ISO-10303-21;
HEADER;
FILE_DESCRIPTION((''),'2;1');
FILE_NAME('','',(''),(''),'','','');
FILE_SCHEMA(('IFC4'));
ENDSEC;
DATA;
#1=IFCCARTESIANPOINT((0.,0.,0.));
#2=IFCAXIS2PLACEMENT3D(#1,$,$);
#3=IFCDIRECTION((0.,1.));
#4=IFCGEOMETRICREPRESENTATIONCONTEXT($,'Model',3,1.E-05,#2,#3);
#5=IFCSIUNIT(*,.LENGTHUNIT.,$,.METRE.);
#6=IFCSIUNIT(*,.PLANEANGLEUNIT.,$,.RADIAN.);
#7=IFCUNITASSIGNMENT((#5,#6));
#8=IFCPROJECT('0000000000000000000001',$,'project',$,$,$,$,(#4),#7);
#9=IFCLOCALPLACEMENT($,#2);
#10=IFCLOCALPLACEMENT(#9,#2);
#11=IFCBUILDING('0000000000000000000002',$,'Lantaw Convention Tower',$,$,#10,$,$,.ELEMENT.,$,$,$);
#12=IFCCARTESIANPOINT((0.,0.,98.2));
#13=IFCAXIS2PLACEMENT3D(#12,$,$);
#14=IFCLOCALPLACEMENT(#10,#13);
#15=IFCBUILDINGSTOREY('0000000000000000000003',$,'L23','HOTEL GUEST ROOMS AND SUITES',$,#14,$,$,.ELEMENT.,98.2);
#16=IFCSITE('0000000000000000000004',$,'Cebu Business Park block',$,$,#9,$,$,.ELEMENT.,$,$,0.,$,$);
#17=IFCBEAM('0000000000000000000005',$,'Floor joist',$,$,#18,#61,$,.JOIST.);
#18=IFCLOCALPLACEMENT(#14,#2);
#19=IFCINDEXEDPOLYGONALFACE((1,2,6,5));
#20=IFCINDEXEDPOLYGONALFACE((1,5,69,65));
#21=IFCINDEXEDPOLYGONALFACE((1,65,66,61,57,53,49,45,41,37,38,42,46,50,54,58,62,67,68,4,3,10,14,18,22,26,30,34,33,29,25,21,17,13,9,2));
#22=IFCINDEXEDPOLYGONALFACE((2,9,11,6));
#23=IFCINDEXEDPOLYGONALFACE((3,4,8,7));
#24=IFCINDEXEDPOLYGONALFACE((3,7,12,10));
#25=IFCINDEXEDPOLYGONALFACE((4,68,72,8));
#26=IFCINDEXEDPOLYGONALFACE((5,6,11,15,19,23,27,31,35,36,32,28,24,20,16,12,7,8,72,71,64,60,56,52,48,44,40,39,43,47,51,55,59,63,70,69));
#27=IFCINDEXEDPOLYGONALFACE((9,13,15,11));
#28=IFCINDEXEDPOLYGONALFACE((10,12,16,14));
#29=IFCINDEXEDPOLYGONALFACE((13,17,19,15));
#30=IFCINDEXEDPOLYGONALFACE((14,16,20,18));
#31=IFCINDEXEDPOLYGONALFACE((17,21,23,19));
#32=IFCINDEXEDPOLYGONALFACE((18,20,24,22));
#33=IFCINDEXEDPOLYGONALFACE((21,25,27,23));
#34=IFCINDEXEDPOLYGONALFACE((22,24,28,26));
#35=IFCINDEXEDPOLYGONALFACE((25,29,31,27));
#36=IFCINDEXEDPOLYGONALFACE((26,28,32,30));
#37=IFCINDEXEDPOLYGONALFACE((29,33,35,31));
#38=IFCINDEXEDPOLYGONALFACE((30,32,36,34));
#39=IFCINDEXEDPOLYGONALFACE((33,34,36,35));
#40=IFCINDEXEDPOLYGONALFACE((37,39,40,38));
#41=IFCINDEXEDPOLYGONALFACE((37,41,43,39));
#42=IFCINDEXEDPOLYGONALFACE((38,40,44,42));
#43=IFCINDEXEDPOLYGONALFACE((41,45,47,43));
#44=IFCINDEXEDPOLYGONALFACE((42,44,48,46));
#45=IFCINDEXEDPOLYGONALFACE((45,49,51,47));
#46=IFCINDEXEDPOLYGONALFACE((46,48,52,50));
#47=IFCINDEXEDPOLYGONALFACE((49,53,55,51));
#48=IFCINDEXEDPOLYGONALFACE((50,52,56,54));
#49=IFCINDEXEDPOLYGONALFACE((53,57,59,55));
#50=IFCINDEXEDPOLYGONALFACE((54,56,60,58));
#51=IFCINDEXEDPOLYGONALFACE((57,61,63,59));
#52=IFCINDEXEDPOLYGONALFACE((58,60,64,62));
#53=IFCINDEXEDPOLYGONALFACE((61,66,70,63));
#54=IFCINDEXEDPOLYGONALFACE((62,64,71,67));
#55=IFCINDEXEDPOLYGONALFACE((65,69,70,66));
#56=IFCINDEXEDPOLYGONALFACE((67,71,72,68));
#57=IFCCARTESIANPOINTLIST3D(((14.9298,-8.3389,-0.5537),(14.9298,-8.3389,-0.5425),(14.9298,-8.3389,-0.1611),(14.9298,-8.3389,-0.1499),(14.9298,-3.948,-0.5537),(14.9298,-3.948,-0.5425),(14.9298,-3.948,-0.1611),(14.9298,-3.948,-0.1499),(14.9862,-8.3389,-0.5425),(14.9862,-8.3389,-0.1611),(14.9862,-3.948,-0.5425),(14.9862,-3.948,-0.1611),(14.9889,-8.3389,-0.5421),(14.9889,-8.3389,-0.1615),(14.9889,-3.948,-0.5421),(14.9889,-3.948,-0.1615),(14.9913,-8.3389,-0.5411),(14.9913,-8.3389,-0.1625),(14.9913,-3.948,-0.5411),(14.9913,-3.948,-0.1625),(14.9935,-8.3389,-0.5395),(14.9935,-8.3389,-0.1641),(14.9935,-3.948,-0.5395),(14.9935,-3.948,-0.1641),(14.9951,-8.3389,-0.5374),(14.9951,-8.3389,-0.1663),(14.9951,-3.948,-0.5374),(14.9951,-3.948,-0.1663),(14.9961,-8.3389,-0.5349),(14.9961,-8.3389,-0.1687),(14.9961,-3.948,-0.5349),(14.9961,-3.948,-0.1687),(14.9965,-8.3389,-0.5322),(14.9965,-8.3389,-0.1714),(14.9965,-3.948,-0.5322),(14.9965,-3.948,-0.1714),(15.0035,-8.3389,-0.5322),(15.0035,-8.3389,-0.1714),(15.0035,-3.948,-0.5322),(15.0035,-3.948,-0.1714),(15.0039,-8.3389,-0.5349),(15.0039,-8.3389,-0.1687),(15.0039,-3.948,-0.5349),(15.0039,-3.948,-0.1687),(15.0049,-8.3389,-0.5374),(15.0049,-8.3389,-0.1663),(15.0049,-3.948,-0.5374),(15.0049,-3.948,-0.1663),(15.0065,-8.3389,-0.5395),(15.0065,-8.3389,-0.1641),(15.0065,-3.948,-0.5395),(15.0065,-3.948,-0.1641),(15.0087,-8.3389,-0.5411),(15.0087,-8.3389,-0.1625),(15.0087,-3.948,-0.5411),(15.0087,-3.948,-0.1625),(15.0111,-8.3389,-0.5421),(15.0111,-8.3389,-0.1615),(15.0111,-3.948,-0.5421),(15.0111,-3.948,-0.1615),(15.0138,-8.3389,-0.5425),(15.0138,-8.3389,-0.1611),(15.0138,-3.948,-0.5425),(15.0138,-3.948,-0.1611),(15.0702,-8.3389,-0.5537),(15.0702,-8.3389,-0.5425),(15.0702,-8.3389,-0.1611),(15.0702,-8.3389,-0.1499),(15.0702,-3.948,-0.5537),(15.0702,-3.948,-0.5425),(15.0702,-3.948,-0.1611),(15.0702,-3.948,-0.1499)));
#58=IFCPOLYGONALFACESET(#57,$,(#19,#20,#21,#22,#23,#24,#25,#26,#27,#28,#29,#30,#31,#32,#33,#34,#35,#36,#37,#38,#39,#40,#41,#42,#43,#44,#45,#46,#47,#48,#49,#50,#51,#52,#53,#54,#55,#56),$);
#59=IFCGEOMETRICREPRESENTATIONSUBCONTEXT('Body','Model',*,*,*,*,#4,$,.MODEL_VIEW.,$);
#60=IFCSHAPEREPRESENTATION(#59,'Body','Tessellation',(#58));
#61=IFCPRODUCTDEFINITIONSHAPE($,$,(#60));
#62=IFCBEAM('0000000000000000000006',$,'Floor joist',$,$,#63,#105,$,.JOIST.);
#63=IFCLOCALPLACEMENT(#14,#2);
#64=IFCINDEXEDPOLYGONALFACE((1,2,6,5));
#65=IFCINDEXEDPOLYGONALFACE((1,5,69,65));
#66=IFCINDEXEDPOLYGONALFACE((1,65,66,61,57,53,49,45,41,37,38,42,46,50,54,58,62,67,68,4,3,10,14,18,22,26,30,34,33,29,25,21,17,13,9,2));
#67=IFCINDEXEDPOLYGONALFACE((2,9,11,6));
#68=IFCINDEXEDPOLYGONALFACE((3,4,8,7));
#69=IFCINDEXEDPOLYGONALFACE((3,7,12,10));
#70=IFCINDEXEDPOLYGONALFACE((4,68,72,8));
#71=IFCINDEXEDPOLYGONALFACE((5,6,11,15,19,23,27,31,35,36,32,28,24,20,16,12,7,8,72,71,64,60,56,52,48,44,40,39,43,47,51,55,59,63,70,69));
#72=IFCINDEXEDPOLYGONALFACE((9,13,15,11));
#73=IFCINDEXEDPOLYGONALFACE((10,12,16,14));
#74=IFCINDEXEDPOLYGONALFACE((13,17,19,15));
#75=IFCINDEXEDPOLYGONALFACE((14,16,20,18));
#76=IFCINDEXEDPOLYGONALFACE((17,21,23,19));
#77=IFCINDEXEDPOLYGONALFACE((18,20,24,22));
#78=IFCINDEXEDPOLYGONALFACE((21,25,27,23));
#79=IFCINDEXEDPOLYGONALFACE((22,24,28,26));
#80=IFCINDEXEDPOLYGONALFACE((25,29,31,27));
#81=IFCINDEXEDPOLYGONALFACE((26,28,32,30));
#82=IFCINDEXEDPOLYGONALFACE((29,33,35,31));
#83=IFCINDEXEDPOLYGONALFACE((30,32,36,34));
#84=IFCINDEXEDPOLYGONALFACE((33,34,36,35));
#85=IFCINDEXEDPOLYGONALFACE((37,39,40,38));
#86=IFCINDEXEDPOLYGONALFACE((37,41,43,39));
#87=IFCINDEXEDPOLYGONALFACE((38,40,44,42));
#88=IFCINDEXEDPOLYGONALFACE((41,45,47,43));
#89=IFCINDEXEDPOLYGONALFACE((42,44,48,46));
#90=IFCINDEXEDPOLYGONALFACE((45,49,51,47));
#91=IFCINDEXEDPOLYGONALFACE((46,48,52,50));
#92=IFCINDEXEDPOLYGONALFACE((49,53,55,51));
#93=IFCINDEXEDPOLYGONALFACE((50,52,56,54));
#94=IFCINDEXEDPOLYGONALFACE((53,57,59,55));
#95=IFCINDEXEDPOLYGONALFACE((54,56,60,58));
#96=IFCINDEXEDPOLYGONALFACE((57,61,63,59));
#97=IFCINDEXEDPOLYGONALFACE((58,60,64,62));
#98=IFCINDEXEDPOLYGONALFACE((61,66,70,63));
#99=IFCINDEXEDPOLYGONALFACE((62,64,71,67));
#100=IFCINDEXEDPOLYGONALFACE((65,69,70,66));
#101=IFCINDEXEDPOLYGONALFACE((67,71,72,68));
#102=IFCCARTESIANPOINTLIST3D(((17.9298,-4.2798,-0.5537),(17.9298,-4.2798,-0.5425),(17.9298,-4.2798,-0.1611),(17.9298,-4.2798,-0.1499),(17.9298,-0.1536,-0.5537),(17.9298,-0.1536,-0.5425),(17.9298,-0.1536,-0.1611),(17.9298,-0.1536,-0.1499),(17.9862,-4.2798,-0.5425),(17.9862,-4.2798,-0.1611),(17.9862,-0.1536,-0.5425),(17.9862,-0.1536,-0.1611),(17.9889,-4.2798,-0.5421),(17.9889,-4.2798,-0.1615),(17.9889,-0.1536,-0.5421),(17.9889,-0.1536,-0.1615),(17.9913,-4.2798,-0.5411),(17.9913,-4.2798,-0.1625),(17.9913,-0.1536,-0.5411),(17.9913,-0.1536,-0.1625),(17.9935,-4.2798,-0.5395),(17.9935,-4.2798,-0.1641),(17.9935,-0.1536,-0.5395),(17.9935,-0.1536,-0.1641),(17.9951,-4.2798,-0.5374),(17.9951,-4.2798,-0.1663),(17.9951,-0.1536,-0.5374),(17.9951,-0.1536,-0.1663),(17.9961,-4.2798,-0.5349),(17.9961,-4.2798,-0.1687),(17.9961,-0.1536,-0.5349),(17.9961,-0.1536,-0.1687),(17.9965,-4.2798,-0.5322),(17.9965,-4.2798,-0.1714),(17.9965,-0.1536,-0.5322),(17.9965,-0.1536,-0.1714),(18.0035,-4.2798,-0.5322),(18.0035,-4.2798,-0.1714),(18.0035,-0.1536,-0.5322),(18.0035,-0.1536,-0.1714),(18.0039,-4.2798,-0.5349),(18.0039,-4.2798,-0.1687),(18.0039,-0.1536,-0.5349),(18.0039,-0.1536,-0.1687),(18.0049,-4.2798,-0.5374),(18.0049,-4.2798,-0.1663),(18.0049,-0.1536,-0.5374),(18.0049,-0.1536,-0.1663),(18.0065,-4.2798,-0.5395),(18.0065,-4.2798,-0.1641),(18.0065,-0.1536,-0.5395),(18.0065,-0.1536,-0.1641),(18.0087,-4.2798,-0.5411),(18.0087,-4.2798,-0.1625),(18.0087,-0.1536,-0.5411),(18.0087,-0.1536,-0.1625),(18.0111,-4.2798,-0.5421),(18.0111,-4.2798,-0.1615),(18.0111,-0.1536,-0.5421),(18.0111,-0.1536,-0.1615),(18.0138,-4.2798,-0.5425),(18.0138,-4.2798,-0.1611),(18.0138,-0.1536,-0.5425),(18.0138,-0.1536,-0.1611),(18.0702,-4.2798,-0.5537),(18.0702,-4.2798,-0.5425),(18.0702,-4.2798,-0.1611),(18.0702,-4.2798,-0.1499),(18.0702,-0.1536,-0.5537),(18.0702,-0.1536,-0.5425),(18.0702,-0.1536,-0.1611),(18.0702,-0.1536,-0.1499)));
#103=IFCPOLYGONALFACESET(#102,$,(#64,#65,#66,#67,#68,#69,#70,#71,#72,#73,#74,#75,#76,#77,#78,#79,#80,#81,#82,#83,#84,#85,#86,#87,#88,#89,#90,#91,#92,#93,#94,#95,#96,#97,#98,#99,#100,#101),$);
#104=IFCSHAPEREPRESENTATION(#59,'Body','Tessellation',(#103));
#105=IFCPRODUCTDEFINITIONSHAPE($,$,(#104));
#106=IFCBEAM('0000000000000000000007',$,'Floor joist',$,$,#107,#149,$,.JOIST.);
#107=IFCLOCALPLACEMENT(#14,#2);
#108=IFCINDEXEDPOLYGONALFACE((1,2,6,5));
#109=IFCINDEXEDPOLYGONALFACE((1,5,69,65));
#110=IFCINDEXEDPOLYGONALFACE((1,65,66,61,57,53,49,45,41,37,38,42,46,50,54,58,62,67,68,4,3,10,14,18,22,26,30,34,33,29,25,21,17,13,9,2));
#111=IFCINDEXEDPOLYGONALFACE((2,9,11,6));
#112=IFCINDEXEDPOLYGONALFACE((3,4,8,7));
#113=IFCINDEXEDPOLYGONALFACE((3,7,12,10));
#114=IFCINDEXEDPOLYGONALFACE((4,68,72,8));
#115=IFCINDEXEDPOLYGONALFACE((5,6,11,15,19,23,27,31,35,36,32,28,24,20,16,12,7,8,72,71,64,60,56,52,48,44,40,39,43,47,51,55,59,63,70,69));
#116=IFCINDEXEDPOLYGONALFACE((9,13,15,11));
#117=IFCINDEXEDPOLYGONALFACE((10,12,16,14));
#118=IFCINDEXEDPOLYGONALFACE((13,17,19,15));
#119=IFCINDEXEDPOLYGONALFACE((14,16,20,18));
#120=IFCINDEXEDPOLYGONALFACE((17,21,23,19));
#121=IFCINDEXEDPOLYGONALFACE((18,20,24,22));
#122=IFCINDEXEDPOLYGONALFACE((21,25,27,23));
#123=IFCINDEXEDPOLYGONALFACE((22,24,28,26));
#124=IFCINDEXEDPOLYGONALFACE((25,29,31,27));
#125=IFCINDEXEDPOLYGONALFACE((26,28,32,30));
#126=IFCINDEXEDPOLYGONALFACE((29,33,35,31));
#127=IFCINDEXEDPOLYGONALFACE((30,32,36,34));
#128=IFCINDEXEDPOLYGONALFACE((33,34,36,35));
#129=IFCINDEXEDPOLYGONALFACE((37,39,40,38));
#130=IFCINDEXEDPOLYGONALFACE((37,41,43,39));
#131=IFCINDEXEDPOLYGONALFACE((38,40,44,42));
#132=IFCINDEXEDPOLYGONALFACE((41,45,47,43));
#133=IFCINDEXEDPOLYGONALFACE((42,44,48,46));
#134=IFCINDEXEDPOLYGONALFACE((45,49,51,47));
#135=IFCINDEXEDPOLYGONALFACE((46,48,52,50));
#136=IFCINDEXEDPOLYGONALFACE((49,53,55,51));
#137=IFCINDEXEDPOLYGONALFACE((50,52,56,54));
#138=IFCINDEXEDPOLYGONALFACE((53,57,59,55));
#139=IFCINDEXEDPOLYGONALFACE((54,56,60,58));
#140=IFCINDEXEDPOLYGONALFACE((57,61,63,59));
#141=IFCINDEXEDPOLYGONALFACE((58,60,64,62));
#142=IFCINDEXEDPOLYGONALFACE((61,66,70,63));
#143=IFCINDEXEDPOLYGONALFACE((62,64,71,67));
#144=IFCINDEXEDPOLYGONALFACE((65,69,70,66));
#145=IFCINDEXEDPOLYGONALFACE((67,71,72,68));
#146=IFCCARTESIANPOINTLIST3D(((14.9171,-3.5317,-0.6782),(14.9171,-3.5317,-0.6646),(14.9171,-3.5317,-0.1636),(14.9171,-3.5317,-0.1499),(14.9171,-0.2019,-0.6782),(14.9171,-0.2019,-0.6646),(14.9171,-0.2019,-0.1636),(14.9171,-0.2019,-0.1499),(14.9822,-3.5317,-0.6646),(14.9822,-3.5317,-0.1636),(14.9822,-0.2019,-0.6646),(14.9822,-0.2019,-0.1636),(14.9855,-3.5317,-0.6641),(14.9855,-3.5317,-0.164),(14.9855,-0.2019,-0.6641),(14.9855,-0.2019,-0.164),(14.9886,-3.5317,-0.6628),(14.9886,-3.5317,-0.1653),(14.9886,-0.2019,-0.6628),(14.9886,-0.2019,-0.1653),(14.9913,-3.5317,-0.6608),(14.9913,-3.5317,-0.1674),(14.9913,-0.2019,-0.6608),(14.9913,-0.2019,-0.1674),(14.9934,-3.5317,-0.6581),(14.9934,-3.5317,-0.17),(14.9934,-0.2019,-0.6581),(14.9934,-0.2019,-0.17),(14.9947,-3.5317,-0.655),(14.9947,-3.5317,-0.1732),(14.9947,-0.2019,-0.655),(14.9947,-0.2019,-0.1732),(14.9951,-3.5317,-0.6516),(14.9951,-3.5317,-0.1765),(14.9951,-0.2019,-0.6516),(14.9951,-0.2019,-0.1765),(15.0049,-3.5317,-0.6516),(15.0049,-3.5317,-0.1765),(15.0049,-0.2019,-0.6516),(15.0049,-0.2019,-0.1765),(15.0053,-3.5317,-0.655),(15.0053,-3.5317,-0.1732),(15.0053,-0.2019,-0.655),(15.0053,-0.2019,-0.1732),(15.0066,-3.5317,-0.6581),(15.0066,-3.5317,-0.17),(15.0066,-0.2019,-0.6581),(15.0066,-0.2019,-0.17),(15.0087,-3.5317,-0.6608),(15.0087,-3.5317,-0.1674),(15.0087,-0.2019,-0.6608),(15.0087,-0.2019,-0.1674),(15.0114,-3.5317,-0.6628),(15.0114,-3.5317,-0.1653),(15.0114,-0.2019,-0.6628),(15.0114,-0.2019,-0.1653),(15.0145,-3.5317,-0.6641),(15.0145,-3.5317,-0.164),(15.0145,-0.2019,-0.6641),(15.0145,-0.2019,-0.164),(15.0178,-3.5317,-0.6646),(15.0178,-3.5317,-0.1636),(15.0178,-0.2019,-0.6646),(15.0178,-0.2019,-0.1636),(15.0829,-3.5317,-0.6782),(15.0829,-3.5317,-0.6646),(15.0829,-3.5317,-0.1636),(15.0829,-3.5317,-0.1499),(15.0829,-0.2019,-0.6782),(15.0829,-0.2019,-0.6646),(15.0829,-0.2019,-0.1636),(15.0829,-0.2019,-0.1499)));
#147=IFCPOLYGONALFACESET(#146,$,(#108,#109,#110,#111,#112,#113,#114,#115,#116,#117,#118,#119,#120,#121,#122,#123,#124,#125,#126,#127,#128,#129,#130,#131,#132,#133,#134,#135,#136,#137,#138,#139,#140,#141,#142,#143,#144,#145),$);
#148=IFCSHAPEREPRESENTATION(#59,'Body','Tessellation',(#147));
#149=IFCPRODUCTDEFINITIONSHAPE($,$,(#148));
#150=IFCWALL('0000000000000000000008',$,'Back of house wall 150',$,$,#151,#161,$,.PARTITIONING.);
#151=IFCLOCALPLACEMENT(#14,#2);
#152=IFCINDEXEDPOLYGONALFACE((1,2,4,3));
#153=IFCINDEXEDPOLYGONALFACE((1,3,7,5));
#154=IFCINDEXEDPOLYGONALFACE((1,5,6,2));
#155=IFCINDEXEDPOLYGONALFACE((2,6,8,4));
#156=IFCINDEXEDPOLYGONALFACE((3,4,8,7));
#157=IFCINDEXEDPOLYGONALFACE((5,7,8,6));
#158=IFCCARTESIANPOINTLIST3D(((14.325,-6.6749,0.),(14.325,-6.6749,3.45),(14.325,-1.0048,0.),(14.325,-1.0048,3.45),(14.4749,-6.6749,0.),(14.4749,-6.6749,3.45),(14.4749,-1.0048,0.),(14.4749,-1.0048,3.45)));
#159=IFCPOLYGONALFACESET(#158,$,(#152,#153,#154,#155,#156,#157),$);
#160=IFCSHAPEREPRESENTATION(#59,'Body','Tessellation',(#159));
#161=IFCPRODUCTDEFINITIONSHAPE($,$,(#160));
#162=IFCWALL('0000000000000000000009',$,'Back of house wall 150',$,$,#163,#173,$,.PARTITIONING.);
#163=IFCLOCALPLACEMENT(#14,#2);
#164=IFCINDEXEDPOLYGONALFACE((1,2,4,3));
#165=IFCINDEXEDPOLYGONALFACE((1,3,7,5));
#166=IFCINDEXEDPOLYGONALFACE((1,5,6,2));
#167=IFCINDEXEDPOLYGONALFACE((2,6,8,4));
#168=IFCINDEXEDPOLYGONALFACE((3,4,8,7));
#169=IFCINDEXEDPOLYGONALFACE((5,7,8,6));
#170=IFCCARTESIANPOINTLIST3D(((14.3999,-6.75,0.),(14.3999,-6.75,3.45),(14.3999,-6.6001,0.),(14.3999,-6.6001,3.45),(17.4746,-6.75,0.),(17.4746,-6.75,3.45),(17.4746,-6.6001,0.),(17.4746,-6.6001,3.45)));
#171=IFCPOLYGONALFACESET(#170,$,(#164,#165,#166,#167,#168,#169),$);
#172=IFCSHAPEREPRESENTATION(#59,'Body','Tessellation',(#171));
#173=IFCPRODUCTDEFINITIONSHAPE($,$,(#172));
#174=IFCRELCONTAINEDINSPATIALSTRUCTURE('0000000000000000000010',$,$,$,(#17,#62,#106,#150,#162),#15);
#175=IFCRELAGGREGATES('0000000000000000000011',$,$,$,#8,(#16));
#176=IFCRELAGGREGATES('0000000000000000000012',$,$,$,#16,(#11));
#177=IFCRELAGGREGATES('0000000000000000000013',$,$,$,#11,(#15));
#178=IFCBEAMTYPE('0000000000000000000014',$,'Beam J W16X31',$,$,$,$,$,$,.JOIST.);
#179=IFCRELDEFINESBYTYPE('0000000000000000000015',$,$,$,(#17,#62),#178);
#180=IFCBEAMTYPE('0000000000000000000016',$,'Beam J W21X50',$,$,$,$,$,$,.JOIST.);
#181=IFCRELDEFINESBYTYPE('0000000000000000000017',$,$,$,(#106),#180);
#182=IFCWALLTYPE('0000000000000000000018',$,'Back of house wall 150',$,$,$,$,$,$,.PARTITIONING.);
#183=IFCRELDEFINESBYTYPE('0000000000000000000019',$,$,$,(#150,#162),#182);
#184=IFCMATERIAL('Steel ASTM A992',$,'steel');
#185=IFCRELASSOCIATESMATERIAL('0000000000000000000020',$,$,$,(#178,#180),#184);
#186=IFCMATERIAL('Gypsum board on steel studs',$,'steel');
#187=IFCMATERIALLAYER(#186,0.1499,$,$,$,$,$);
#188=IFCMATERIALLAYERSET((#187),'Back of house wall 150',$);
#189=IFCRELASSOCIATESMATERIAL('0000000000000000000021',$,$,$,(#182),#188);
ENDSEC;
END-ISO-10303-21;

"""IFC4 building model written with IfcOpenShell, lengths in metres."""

from ifc_helpers import new_model, si_unit, direction, frame, frame_2d, origin, origin_2d, place, context, subcontext, project, spatial, rectangle, i_section, extrude, material, layer, layer_set, material_profile, profile_set, type_object, element, save


model = new_model("IFC4")

# Units and contexts
model_context = context("Model", 3, precision=1e-05, world=origin(), true_north=direction((0.0, 1.0)))
body_context = subcontext(model_context, "Body", "Model", "MODEL_VIEW")
ifc_project = project(units=[si_unit("LENGTHUNIT", "METRE"), si_unit("PLANEANGLEUNIT", "RADIAN")], contexts=[model_context])

# Site, building, storey
site_placement = place(None, origin())
site = spatial("IfcSite", under=ifc_project, at=site_placement, Name="Cebu Business Park block", CompositionType="ELEMENT", RefElevation=0.0)
building_placement = place(site_placement, origin())
building = spatial("IfcBuilding", under=site, at=building_placement, Name="Lantaw Convention Tower", CompositionType="ELEMENT")
storey_placement = place(building_placement, frame((0.0, 0.0, 98.2)))
storey = spatial("IfcBuildingStorey", under=building, at=storey_placement, Name="L23", Description="HOTEL GUEST ROOMS AND SUITES", CompositionType="ELEMENT", Elevation=98.2)

# Beams
ifc_material_1 = material(Name="Steel ASTM A992", Category="steel")
ifc_material_profile_1 = material_profile(ifc_material_1, i_section(OverallWidth=0.1404, OverallDepth=0.4038, WebThickness=0.0071, FlangeThickness=0.0112, FilletRadius=0.0103, at=origin_2d()), Name="W16X31")
ifc_profile_set_1 = profile_set([ifc_material_profile_1], Name="Steel ASTM A992")
beam_type_1 = type_object("IfcBeamType", Name="Beam J W16X31", PredefinedType="JOIST", material=ifc_profile_set_1)
beam_1_placement = place(storey_placement, frame((15.0, -8.3389, -0.3518), z_axis=(0.0, 1.0, 0.0), x_axis=(-1.0, 0.0, 0.0)))
element("IfcBeam", 1, at=beam_1_placement, inside=storey, type_object=beam_type_1, Name="Floor joist", PredefinedType="JOIST", context=body_context, shape_type="SweptSolid", body=[
    extrude(i_section(OverallWidth=0.1404, OverallDepth=0.4038, WebThickness=0.0071, FlangeThickness=0.0112, FilletRadius=0.0103, at=origin_2d()), origin(), (0.0, 0.0, 1.0), 4.3909),
])
beam_2_placement = place(storey_placement, frame((18.0, -4.2798, -0.3518), z_axis=(0.0, 1.0, 0.0), x_axis=(-1.0, 0.0, 0.0)))
element("IfcBeam", 2, at=beam_2_placement, inside=storey, type_object=beam_type_1, Name="Floor joist", PredefinedType="JOIST", context=body_context, shape_type="SweptSolid", body=[
    extrude(i_section(OverallWidth=0.1404, OverallDepth=0.4038, WebThickness=0.0071, FlangeThickness=0.0112, FilletRadius=0.0103, at=origin_2d()), origin(), (0.0, 0.0, 1.0), 4.1262),
])
ifc_material_profile_2 = material_profile(ifc_material_1, i_section(OverallWidth=0.1658, OverallDepth=0.5283, WebThickness=0.0098, FlangeThickness=0.0137, FilletRadius=0.0129, at=origin_2d()), Name="W21X50")
ifc_profile_set_2 = profile_set([ifc_material_profile_2], Name="Steel ASTM A992")
beam_type_2 = type_object("IfcBeamType", Name="Beam J W21X50", PredefinedType="JOIST", material=ifc_profile_set_2)
beam_3_placement = place(storey_placement, frame((15.0, -3.5317, -0.4141), z_axis=(0.0, 1.0, 0.0), x_axis=(-1.0, 0.0, 0.0)))
element("IfcBeam", 3, at=beam_3_placement, inside=storey, type_object=beam_type_2, Name="Floor joist", PredefinedType="JOIST", context=body_context, shape_type="SweptSolid", body=[
    extrude(i_section(OverallWidth=0.1658, OverallDepth=0.5283, WebThickness=0.0098, FlangeThickness=0.0137, FilletRadius=0.0129, at=origin_2d()), origin(), (0.0, 0.0, 1.0), 3.3298),
])

# Walls
ifc_material_2 = material(Name="Gypsum board on steel studs", Category="steel")
ifc_layer_1 = layer(ifc_material_2, 0.1499)
ifc_layer_set_1 = layer_set([ifc_layer_1], Name="Back of house wall 150")
wall_type_1 = type_object("IfcWallType", Name="Back of house wall 150", PredefinedType="PARTITIONING", material=ifc_layer_set_1)
wall_1_placement = place(storey_placement, frame((14.3999, -1.0049, 0.0), z_axis=(0.0, 0.0, 1.0), x_axis=(0.0, -1.0, 0.0)))
element("IfcWall", 4, at=wall_1_placement, inside=storey, type_object=wall_type_1, Name="Back of house wall 150", PredefinedType="PARTITIONING", context=body_context, shape_type="SweptSolid", body=[
    extrude(rectangle(XDim=5.6702, YDim=0.1499, at=frame_2d((2.835, 0.0))), origin(), (0.0, 0.0, 1.0), 3.45),
])
wall_2_placement = place(storey_placement, frame((14.3999, -6.675, 0.0), z_axis=(0.0, 0.0, 1.0), x_axis=(1.0, 0.0, 0.0)))
element("IfcWall", 5, at=wall_2_placement, inside=storey, type_object=wall_type_1, Name="Back of house wall 150", PredefinedType="PARTITIONING", context=body_context, shape_type="SweptSolid", body=[
    extrude(rectangle(XDim=3.0747, YDim=0.1499, at=frame_2d((1.5374, 0.0))), origin(), (0.0, 0.0, 1.0), 3.45),
])

save(model, "model.ifc")
